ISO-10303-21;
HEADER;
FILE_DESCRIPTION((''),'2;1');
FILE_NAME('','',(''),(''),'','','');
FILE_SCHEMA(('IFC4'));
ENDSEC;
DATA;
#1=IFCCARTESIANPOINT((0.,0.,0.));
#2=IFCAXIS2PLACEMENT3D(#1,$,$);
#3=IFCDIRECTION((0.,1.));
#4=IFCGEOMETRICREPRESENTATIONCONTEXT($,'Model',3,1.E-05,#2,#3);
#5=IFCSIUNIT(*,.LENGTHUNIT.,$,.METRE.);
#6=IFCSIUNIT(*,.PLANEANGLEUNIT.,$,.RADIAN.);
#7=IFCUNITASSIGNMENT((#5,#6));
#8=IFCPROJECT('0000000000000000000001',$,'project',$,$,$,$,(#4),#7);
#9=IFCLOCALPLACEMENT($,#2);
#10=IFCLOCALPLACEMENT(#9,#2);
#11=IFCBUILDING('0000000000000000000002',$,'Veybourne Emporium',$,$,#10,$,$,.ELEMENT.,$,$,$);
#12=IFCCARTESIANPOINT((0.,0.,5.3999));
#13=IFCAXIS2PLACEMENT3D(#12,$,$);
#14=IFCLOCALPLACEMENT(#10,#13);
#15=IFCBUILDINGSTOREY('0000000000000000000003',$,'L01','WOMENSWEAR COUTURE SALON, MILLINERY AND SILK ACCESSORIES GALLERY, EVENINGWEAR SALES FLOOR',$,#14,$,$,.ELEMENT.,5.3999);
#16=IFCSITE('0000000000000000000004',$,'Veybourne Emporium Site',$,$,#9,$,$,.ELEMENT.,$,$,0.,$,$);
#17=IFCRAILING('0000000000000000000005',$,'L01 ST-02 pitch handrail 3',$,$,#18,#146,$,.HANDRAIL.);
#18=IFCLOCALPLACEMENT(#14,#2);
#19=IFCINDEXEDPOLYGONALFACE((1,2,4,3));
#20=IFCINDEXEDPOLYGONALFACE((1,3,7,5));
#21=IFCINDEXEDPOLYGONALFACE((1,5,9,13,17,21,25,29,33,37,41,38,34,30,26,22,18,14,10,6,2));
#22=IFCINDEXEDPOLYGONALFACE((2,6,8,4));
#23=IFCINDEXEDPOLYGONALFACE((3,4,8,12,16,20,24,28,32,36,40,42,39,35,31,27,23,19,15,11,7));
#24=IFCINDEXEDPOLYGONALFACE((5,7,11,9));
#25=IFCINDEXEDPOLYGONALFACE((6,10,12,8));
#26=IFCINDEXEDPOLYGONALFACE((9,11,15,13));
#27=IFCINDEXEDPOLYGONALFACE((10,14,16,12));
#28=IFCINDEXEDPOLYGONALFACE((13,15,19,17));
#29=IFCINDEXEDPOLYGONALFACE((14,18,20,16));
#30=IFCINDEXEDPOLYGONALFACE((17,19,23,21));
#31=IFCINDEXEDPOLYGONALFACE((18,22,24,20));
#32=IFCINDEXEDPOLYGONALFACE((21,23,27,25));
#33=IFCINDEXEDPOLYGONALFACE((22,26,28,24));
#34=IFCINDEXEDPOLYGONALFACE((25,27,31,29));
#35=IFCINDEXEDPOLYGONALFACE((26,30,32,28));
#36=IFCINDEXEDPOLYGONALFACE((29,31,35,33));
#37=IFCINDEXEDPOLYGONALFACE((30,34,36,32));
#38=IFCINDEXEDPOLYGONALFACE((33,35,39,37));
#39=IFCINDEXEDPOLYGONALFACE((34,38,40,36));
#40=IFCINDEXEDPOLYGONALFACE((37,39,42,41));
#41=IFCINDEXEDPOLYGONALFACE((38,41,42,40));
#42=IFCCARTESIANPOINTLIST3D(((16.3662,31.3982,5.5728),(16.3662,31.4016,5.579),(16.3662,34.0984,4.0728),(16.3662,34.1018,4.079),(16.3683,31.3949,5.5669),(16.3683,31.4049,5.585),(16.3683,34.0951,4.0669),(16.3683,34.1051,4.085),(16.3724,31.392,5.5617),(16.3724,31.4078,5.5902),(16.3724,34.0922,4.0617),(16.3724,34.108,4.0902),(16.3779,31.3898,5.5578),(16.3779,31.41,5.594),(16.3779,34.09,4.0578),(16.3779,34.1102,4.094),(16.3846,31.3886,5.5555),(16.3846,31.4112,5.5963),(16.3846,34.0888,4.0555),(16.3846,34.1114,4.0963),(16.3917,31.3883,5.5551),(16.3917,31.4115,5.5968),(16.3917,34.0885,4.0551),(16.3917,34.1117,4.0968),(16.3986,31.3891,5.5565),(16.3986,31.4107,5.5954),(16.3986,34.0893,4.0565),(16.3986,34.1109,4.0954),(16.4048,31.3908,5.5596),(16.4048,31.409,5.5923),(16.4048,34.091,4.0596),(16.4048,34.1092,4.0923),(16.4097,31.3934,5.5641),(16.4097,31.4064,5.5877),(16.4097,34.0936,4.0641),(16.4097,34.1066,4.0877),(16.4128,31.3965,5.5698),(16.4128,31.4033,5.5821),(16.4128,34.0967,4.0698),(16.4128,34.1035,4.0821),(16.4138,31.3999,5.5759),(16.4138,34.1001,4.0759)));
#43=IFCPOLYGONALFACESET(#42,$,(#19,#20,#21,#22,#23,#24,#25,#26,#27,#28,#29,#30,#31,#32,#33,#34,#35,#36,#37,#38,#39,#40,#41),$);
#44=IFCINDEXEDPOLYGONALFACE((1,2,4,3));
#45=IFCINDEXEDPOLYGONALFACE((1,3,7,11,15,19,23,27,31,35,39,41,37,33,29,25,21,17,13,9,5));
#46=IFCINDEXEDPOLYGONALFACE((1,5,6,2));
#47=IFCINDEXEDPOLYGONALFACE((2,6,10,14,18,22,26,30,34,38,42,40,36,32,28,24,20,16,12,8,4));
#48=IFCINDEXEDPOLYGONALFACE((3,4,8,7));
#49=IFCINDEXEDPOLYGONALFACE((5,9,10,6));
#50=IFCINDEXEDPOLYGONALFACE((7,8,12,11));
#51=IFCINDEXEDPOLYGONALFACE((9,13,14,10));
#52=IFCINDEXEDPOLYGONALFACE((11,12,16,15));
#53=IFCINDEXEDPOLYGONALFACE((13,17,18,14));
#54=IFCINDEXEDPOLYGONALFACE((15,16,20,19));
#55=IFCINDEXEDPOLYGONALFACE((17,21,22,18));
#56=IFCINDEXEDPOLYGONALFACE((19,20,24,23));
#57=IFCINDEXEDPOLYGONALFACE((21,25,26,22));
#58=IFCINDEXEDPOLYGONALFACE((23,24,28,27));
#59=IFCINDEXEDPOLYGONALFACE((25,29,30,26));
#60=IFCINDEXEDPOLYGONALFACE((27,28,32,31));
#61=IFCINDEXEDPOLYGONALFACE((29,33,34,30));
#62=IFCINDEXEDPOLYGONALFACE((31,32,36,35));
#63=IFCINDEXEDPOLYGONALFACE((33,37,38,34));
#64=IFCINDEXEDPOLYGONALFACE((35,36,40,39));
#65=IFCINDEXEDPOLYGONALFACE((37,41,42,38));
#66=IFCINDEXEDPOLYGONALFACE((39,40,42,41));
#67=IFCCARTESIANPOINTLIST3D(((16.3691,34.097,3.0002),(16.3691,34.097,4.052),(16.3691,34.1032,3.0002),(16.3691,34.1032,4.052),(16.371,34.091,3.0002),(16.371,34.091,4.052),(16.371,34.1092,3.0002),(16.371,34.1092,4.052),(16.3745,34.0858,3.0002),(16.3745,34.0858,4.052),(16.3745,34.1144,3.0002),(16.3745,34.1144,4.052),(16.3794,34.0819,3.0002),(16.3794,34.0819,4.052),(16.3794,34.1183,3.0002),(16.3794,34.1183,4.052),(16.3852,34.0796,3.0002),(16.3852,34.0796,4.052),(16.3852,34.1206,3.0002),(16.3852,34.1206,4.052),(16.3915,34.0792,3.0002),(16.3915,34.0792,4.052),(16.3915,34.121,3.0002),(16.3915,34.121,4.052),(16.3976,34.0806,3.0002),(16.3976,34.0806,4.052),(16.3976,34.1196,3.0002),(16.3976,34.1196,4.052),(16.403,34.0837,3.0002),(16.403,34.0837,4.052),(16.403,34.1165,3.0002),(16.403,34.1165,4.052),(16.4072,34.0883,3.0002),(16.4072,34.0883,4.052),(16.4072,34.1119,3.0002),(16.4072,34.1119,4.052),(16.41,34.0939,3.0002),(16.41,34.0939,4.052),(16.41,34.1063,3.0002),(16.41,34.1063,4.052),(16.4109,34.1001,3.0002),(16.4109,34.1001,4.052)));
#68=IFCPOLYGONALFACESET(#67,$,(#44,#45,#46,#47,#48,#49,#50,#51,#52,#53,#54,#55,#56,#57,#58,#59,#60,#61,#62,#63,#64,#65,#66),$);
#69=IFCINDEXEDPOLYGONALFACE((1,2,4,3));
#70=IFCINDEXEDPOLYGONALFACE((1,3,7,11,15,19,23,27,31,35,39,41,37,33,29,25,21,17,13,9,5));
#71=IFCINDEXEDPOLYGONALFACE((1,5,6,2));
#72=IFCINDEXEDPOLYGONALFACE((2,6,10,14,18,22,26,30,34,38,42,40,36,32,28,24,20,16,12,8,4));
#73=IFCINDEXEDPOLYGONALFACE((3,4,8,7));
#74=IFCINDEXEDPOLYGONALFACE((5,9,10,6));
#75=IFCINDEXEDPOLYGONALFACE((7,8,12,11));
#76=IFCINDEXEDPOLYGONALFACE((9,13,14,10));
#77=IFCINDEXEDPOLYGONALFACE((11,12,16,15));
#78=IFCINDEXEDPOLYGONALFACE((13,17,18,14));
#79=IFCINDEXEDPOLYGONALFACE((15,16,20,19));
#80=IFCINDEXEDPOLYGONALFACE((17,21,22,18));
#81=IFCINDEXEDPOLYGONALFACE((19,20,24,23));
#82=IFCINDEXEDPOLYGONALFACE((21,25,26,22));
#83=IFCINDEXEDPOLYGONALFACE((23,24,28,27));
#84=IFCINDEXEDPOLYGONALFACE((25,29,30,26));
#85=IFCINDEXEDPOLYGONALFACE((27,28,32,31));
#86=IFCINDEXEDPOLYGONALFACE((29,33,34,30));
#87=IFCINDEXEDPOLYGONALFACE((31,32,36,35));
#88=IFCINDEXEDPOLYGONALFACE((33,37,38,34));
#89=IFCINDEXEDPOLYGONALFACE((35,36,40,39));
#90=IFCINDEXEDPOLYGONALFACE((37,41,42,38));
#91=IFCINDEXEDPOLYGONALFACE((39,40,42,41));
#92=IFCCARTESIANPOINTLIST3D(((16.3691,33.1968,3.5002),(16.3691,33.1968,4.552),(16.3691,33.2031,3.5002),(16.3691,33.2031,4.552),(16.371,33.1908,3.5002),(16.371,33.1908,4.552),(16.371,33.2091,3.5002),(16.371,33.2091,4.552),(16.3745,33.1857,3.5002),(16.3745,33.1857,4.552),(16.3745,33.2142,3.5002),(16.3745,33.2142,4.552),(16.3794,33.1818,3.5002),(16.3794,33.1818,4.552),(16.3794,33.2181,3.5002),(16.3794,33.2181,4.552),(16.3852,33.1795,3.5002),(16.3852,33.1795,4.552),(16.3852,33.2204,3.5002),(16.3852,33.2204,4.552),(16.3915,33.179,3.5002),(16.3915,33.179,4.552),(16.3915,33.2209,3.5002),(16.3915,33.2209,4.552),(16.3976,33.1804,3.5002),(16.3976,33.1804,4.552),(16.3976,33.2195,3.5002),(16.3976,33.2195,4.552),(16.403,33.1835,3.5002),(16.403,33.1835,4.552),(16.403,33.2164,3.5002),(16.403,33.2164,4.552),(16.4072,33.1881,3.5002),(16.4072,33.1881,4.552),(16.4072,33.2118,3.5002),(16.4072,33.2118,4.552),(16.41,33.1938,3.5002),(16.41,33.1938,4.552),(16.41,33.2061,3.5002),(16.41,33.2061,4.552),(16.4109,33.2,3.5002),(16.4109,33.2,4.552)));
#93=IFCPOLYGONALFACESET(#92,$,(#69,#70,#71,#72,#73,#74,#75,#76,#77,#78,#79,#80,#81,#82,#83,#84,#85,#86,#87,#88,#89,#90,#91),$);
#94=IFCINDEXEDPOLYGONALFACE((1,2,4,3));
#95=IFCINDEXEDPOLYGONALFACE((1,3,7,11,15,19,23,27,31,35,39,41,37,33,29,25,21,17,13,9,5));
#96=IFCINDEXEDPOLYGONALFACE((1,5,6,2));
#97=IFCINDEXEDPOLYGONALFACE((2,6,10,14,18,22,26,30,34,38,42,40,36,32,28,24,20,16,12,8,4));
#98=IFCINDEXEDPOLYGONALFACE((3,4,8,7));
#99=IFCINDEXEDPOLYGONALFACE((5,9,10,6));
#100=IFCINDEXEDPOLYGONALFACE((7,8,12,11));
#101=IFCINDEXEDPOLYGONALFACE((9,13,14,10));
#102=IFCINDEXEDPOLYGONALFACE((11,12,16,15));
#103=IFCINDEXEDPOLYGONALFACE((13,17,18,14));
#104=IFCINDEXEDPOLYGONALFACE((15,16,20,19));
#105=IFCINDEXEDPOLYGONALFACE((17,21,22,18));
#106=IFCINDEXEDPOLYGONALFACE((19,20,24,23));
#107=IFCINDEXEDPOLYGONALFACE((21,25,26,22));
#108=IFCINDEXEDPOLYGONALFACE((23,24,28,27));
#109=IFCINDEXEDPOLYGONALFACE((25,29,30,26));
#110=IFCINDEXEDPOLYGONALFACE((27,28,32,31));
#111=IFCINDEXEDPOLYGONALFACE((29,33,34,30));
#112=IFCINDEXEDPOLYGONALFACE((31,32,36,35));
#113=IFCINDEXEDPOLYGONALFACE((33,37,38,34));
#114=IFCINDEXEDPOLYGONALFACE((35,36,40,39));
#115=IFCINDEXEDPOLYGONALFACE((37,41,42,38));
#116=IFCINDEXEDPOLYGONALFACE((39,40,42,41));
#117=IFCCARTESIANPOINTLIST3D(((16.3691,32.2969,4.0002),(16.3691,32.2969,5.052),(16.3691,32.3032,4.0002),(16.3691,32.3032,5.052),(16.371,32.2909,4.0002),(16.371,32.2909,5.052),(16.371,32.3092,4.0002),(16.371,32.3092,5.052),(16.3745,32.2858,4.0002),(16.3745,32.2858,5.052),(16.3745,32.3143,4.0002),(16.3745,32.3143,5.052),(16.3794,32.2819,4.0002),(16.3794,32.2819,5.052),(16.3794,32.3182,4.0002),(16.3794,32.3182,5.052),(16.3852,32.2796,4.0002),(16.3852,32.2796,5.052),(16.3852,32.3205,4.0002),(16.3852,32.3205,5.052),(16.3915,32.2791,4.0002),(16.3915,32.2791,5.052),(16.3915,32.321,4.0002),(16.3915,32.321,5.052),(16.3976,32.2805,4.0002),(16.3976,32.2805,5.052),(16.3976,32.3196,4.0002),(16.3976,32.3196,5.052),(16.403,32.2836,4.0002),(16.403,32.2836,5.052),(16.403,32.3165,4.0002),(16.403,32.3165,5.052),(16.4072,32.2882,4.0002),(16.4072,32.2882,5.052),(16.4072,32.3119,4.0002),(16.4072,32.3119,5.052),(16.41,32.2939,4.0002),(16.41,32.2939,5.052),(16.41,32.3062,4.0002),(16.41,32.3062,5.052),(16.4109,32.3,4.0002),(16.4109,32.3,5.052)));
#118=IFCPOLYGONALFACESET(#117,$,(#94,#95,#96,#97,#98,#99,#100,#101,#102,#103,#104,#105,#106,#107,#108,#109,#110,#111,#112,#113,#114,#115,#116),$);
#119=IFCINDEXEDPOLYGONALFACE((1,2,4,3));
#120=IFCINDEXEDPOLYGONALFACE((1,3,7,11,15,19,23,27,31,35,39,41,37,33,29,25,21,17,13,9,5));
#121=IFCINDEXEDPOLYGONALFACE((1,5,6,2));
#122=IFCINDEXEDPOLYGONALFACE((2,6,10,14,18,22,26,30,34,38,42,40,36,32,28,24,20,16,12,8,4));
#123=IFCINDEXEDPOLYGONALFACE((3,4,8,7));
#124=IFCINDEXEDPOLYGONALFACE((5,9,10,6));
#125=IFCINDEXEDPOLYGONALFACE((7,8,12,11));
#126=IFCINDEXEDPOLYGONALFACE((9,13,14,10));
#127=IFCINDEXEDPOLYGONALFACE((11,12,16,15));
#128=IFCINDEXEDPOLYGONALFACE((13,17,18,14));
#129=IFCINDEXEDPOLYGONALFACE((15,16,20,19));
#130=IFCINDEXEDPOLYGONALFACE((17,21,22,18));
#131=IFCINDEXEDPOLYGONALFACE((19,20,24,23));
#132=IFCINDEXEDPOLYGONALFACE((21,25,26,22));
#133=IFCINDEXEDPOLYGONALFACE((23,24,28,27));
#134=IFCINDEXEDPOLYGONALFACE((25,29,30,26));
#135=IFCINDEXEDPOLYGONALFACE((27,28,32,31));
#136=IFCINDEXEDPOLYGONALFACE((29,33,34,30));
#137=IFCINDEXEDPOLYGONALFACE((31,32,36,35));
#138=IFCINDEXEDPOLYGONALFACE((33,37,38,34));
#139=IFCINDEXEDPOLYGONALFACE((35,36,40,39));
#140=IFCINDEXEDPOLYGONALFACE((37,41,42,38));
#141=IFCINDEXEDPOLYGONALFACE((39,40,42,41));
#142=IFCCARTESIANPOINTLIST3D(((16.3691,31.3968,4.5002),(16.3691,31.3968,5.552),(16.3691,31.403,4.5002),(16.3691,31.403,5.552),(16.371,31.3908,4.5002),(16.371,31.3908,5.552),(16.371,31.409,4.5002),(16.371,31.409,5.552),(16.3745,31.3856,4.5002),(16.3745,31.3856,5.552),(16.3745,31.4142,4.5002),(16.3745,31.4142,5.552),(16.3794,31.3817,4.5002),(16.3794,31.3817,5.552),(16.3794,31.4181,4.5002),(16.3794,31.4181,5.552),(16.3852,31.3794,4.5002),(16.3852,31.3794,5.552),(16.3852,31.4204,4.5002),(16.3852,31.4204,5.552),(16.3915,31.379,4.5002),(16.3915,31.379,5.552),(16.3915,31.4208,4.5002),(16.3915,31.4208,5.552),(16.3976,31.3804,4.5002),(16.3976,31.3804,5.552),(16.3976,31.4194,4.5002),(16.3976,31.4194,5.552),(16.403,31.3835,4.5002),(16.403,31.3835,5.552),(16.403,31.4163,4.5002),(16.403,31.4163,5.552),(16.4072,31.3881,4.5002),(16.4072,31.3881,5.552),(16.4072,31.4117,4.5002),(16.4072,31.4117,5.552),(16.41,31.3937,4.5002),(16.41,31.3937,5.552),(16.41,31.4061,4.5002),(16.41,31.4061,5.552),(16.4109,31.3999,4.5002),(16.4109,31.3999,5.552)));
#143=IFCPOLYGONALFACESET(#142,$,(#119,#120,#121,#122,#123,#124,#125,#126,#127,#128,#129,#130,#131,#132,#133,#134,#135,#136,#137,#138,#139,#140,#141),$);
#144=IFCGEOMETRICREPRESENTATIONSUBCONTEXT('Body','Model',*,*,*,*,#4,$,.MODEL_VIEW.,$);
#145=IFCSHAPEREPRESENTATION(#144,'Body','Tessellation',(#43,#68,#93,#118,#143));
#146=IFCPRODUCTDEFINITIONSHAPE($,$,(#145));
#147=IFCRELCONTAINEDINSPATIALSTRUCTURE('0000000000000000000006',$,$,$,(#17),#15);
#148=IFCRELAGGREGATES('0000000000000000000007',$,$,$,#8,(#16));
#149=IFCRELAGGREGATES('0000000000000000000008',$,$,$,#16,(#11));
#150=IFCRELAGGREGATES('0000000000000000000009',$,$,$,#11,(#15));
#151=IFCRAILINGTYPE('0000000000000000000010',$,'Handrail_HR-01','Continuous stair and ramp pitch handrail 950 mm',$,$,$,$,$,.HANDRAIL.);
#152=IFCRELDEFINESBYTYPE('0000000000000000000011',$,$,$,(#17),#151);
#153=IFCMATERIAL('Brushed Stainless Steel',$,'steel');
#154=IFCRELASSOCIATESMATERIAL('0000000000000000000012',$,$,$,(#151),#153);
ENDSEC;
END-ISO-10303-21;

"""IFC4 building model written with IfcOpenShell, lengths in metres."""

from ifc_helpers import new_model, si_unit, direction, frame, origin, origin_2d, place, context, subcontext, project, spatial, circle, extrude, material, type_object, element, save


model = new_model("IFC4")

# Units and contexts
model_context = context("Model", 3, precision=1e-05, world=origin(), true_north=direction((0.0, 1.0)))
body_context = subcontext(model_context, "Body", "Model", "MODEL_VIEW")
ifc_project = project(units=[si_unit("LENGTHUNIT", "METRE"), si_unit("PLANEANGLEUNIT", "RADIAN")], contexts=[model_context])

# Site, building, storey
site_placement = place(None, origin())
site = spatial("IfcSite", under=ifc_project, at=site_placement, Name="Veybourne Emporium Site", CompositionType="ELEMENT", RefElevation=0.0)
building_placement = place(site_placement, origin())
building = spatial("IfcBuilding", under=site, at=building_placement, Name="Veybourne Emporium", CompositionType="ELEMENT")
storey_placement = place(building_placement, frame((0.0, 0.0, 5.3999)))
storey = spatial("IfcBuildingStorey", under=building, at=storey_placement, Name="L01", Description="WOMENSWEAR COUTURE SALON, MILLINERY AND SILK ACCESSORIES GALLERY, EVENINGWEAR SALES FLOOR", CompositionType="ELEMENT", Elevation=5.3999)

# Railing
ifc_material_1 = material(Name="Brushed Stainless Steel", Category="steel")
railing_type_1 = type_object("IfcRailingType", Name="Handrail_HR-01", Description="Continuous stair and ramp pitch handrail 950 mm", PredefinedType="HANDRAIL", material=ifc_material_1)
railing_1_placement = place(storey_placement, frame((16.3899, 34.1001, 3.1501)))
element("IfcRailing", 1, at=railing_1_placement, inside=storey, type_object=railing_type_1, Name="L01 ST-02 pitch handrail 3", PredefinedType="HANDRAIL", context=body_context, shape_type="SweptSolid", body=[
    extrude(circle(Radius=0.0239, at=origin_2d()), frame((0.0, 0.0, 0.9258), z_axis=(0.0, -0.874172, 0.485616), x_axis=(1.0, 0.0, 0.0)), (0.0, 0.0, 1.0), 3.0889),
    extrude(circle(Radius=0.021, at=origin_2d()), frame((0.0, 0.0, -0.1499)), (0.0, 0.0, 1.0), 1.0518),
    extrude(circle(Radius=0.021, at=origin_2d()), frame((0.0, -0.9001, 0.3501)), (0.0, 0.0, 1.0), 1.0518),
    extrude(circle(Radius=0.021, at=origin_2d()), frame((0.0, -1.8, 0.8501)), (0.0, 0.0, 1.0), 1.0518),
    extrude(circle(Radius=0.021, at=origin_2d()), frame((0.0, -2.7002, 1.3501)), (0.0, 0.0, 1.0), 1.0518),
])

save(model, "model.ifc")
